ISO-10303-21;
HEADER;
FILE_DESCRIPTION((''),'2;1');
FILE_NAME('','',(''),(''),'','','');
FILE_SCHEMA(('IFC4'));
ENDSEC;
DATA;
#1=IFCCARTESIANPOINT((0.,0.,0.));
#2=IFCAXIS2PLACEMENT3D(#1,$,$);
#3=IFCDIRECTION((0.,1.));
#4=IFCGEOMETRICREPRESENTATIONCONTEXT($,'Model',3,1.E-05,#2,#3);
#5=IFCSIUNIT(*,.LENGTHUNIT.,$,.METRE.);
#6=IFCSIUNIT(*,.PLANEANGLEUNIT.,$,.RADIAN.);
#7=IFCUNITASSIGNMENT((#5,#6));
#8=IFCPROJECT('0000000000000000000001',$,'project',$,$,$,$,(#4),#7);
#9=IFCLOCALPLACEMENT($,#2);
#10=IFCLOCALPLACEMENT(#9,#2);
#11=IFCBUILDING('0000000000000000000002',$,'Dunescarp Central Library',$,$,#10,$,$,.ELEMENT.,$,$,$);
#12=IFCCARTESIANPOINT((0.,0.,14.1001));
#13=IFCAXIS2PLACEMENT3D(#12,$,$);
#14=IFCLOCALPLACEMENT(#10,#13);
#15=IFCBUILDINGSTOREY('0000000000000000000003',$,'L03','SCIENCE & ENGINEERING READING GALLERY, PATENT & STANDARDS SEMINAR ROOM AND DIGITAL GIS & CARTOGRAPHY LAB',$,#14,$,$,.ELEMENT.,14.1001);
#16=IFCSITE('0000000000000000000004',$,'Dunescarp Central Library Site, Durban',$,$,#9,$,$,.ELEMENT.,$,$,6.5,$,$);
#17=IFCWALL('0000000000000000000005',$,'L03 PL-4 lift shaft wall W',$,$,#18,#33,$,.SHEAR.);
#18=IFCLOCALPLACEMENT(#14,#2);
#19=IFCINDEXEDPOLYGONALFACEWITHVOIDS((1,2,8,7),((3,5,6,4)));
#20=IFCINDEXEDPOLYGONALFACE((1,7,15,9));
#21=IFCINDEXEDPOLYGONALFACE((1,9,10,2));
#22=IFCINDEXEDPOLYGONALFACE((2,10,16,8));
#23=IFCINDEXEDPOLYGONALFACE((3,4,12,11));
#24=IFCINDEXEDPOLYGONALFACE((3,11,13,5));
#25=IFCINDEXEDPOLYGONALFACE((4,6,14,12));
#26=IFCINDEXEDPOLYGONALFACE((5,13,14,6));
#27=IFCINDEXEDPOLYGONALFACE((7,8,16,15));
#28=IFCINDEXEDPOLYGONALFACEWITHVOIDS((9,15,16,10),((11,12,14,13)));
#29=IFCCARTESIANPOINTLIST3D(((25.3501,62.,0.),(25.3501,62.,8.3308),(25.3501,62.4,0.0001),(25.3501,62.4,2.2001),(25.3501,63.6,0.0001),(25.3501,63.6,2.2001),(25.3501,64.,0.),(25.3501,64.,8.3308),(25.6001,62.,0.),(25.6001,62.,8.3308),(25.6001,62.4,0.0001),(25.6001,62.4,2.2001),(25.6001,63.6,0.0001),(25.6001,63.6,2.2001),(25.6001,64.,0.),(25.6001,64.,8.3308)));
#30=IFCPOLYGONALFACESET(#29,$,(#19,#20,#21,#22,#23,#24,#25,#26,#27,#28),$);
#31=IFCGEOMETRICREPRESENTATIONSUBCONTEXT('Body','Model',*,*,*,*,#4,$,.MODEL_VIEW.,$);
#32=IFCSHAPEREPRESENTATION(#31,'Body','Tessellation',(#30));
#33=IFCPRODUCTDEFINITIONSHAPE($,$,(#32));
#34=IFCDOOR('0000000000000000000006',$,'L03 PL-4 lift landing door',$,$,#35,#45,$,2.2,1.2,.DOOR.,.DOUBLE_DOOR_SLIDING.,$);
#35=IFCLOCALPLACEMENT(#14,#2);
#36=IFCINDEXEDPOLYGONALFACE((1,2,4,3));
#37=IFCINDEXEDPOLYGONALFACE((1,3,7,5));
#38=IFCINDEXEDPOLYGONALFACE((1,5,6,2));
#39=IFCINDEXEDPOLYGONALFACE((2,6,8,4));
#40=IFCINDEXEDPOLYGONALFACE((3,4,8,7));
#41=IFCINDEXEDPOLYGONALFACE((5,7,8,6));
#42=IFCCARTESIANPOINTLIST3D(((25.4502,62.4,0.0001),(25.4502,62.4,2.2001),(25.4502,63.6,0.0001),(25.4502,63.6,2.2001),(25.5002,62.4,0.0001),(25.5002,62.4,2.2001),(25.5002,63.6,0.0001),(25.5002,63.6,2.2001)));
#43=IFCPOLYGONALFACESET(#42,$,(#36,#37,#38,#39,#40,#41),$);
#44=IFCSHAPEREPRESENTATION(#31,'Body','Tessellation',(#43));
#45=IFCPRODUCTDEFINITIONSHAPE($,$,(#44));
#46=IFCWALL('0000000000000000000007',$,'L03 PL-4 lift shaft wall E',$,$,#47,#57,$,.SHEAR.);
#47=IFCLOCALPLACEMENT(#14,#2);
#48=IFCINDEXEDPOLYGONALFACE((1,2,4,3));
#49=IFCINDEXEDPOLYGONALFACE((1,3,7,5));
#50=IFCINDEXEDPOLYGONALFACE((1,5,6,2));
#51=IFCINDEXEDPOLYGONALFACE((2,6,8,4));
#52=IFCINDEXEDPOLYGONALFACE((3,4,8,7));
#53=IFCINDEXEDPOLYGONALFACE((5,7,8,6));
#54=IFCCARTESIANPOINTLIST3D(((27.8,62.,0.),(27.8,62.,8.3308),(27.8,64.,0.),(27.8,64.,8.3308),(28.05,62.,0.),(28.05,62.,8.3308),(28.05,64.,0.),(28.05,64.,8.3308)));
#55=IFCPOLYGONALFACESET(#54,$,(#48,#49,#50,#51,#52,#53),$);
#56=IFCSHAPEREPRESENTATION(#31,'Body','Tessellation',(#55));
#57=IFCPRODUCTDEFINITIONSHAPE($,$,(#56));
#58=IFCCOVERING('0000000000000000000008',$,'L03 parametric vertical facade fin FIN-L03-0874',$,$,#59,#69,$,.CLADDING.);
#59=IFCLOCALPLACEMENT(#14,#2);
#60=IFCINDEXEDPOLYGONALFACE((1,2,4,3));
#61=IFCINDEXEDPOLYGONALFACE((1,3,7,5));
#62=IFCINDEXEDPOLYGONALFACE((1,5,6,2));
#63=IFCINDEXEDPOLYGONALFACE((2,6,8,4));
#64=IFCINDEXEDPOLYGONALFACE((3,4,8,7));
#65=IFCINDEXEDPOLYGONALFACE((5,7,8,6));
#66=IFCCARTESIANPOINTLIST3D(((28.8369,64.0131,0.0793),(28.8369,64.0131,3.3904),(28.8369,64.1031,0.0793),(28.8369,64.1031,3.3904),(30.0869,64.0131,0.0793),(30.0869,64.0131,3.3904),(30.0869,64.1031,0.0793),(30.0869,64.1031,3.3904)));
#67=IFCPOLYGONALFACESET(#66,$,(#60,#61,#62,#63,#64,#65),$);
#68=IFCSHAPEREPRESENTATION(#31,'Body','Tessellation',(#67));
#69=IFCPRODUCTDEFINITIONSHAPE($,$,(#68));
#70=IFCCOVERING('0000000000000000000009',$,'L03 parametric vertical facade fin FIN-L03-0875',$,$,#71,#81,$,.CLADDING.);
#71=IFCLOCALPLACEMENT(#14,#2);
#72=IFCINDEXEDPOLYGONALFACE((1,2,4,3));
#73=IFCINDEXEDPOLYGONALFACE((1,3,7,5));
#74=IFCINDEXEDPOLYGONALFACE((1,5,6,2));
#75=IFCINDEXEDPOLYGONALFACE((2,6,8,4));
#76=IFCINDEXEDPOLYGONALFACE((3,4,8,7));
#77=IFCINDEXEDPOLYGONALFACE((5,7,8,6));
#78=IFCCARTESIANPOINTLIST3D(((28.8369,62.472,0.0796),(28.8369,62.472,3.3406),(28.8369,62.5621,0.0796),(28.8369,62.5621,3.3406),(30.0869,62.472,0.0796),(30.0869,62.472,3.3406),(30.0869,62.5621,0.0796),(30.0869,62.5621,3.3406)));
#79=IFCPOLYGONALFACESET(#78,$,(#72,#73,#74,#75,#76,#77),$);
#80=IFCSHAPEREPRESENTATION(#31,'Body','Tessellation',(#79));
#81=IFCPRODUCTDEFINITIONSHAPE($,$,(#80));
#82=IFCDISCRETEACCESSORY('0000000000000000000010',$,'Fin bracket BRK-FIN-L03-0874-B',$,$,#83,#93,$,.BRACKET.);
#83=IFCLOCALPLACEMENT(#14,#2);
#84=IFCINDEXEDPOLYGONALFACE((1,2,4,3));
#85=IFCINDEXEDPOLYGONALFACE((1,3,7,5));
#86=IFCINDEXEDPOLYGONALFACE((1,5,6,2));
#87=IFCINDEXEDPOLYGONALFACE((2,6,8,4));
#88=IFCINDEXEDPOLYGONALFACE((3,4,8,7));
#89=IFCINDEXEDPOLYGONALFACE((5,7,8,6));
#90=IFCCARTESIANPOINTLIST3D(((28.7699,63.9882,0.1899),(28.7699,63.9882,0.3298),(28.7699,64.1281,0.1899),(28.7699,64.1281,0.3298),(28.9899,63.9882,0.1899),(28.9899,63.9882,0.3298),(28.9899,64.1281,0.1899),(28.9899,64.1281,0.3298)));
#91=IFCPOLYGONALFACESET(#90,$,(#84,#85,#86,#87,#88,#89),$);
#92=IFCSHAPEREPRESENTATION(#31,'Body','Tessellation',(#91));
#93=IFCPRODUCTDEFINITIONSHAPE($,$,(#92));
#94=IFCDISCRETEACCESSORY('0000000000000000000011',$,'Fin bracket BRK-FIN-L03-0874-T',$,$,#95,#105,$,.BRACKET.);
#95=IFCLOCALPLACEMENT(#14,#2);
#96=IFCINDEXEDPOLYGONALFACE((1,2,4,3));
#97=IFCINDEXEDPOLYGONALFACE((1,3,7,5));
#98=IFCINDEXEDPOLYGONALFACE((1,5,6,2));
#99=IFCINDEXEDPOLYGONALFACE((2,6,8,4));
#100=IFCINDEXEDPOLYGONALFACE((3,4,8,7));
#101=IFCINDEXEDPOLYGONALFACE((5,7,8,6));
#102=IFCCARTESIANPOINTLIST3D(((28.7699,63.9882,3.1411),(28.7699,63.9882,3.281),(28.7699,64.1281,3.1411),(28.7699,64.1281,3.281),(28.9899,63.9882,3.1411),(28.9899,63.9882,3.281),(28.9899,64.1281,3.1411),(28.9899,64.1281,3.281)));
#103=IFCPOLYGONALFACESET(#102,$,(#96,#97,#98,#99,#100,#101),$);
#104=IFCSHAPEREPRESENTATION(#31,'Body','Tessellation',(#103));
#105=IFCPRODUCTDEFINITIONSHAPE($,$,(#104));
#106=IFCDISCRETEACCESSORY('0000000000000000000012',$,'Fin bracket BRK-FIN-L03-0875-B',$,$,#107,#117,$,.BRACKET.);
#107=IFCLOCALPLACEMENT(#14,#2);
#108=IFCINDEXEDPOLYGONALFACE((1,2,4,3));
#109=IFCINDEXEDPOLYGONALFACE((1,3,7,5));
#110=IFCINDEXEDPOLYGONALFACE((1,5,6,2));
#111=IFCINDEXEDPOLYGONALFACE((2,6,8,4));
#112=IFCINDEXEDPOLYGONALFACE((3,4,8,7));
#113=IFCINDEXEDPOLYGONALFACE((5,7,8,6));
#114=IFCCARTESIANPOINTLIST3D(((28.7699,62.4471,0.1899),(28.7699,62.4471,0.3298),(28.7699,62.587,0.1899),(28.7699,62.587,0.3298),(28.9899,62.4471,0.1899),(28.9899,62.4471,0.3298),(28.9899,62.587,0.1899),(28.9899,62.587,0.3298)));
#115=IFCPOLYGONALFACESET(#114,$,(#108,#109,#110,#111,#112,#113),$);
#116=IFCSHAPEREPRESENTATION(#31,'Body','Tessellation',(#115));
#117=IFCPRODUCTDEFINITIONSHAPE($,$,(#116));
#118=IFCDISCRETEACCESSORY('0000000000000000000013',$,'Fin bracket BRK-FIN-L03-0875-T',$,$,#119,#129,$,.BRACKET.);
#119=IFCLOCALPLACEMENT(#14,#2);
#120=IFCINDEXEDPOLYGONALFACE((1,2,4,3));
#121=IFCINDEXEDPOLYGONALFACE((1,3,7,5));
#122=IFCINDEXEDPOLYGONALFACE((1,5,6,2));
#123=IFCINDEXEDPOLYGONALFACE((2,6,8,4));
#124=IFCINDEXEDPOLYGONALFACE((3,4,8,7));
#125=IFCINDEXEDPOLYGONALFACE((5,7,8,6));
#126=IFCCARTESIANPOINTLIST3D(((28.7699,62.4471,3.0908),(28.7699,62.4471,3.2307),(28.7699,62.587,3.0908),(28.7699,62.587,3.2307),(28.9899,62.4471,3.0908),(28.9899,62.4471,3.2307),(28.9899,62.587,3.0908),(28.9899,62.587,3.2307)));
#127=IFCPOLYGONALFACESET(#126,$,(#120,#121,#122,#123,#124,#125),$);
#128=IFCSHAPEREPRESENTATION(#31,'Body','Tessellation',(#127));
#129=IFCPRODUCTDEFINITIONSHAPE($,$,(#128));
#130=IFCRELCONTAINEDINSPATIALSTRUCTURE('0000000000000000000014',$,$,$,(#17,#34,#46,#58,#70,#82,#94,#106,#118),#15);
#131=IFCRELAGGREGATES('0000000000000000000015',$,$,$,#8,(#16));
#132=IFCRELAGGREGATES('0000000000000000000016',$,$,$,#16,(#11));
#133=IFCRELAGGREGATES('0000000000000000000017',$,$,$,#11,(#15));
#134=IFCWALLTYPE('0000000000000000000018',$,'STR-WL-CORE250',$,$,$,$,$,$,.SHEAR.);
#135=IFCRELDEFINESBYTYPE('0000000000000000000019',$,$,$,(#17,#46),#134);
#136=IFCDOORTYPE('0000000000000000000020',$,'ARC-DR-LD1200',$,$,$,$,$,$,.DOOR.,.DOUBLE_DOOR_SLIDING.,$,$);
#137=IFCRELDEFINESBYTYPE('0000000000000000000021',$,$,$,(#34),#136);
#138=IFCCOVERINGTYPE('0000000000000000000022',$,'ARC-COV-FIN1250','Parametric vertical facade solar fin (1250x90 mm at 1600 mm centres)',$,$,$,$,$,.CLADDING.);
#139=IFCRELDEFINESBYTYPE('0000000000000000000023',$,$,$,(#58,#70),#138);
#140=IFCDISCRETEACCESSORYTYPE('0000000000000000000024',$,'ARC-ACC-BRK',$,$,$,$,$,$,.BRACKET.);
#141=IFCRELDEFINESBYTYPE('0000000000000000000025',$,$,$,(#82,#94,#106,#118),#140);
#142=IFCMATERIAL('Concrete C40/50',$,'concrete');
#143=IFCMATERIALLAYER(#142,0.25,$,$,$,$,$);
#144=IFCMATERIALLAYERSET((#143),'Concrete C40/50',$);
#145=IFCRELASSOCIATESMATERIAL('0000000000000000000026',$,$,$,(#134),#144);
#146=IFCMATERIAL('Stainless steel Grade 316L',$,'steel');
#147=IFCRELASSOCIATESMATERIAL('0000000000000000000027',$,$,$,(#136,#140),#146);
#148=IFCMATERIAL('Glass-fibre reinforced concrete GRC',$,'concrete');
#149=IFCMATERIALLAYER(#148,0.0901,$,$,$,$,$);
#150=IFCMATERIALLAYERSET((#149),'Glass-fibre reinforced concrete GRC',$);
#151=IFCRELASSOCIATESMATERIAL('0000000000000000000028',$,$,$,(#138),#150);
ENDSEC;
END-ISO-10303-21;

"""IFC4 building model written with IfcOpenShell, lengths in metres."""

from ifc_helpers import new_model, si_unit, direction, frame, frame_2d, origin, origin_2d, place, context, subcontext, project, spatial, rectangle, extrude, material, layer, layer_set, type_object, element, fill, save


model = new_model("IFC4")

# Units and contexts
model_context = context("Model", 3, precision=1e-05, world=origin(), true_north=direction((0.0, 1.0)))
body_context = subcontext(model_context, "Body", "Model", "MODEL_VIEW")
ifc_project = project(units=[si_unit("LENGTHUNIT", "METRE"), si_unit("PLANEANGLEUNIT", "RADIAN")], contexts=[model_context])

# Site, building, storey
site_placement = place(None, origin())
site = spatial("IfcSite", under=ifc_project, at=site_placement, Name="Dunescarp Central Library Site, Durban", CompositionType="ELEMENT", RefElevation=6.5)
building_placement = place(site_placement, origin())
building = spatial("IfcBuilding", under=site, at=building_placement, Name="Dunescarp Central Library", CompositionType="ELEMENT")
storey_placement = place(building_placement, frame((0.0, 0.0, 14.1001)))
storey = spatial("IfcBuildingStorey", under=building, at=storey_placement, Name="L03", Description="SCIENCE & ENGINEERING READING GALLERY, PATENT & STANDARDS SEMINAR ROOM AND DIGITAL GIS & CARTOGRAPHY LAB", CompositionType="ELEMENT", Elevation=14.1001)

# Shared definitions
ifc_material_1 = material(Name="Concrete C40/50", Category="concrete")
ifc_layer_1 = layer(ifc_material_1, 0.25)
ifc_layer_set_1 = layer_set([ifc_layer_1], Name="Concrete C40/50")
wall_type = type_object("IfcWallType", Name="STR-WL-CORE250", PredefinedType="SHEAR", material=ifc_layer_set_1)

# Wall, opening, door
wall_1_placement = place(storey_placement, frame((25.4751, 62.0, 0.0), z_axis=(0.0, 0.0, 1.0), x_axis=(0.0, 1.0, 0.0)))
wall_1 = element("IfcWall", 1, at=wall_1_placement, inside=storey, type_object=wall_type, Name="L03 PL-4 lift shaft wall W", PredefinedType="SHEAR", context=body_context, shape_type="SweptSolid", body=[
    extrude(rectangle(XDim=2.0, YDim=0.25, at=frame_2d((1.0, 0.0))), origin(), (0.0, 0.0, 1.0), 8.3308),
])
opening_placement = place(wall_1_placement, frame((0.3999, 0.0, 0.0)))
opening = element("IfcOpeningElement", 2, at=opening_placement, cuts=wall_1, PredefinedType="OPENING", context=body_context, shape_type="SweptSolid", body=[
    extrude(rectangle(XDim=1.2, YDim=2.2, at=frame_2d((0.6001, 1.1001))), frame((0.0, 0.135, 0.0), z_axis=(0.0, -1.0, 0.0), x_axis=(1.0, 0.0, 0.0)), (0.0, 0.0, 1.0), 0.27),
])
ifc_material_2 = material(Name="Stainless steel Grade 316L", Category="steel")
door_type = type_object("IfcDoorType", Name="ARC-DR-LD1200", OperationType="DOUBLE_DOOR_SLIDING", PredefinedType="DOOR", material=ifc_material_2)
door_placement = place(opening_placement, origin())
door = element("IfcDoor", 3, at=door_placement, inside=storey, type_object=door_type, Name="L03 PL-4 lift landing door", OperationType="DOUBLE_DOOR_SLIDING", OverallHeight=2.2, OverallWidth=1.2, PredefinedType="DOOR", context=body_context, shape_type="SweptSolid", body=[
    extrude(rectangle(XDim=1.2, YDim=2.2, at=frame_2d((0.6001, 1.1001))), frame((0.0, 0.0249, 0.0), z_axis=(0.0, -1.0, 0.0), x_axis=(1.0, 0.0, 0.0)), (0.0, 0.0, 1.0), 0.05),
])
fill(opening, door)

# Wall
wall_2_placement = place(storey_placement, frame((27.925, 64.0, 0.0), z_axis=(0.0, 0.0, 1.0), x_axis=(0.0, -1.0, 0.0)))
element("IfcWall", 4, at=wall_2_placement, inside=storey, type_object=wall_type, Name="L03 PL-4 lift shaft wall E", PredefinedType="SHEAR", context=body_context, shape_type="SweptSolid", body=[
    extrude(rectangle(XDim=2.0, YDim=0.25, at=frame_2d((1.0, 0.0))), origin(), (0.0, 0.0, 1.0), 8.3308),
])

# Coverings
ifc_material_3 = material(Name="Glass-fibre reinforced concrete GRC", Category="concrete")
ifc_layer_2 = layer(ifc_material_3, 0.0901)
ifc_layer_set_2 = layer_set([ifc_layer_2], Name="Glass-fibre reinforced concrete GRC")
covering_type = type_object("IfcCoveringType", Name="ARC-COV-FIN1250", Description="Parametric vertical facade solar fin (1250x90 mm at 1600 mm centres)", PredefinedType="CLADDING", material=ifc_layer_set_2)
covering_1_placement = place(storey_placement, frame((29.4619, 64.0581, 0.0793), z_axis=(0.0, 0.0, 1.0), x_axis=(1.0, 0.0, 0.0)))
element("IfcCovering", 5, at=covering_1_placement, inside=storey, type_object=covering_type, Name="L03 parametric vertical facade fin FIN-L03-0874", PredefinedType="CLADDING", context=body_context, shape_type="SweptSolid", body=[
    extrude(rectangle(XDim=1.25, YDim=0.0901, at=origin_2d()), origin(), (0.0, 0.0, 1.0), 3.311),
])
covering_2_placement = place(storey_placement, frame((29.4619, 62.5171, 0.0796), z_axis=(0.0, 0.0, 1.0), x_axis=(1.0, 0.0, 0.0)))
element("IfcCovering", 6, at=covering_2_placement, inside=storey, type_object=covering_type, Name="L03 parametric vertical facade fin FIN-L03-0875", PredefinedType="CLADDING", context=body_context, shape_type="SweptSolid", body=[
    extrude(rectangle(XDim=1.25, YDim=0.0901, at=origin_2d()), origin(), (0.0, 0.0, 1.0), 3.261),
])

# Discrete accessories
discrete_accessory_type = type_object("IfcDiscreteAccessoryType", Name="ARC-ACC-BRK", PredefinedType="BRACKET", material=ifc_material_2)
for number, where, z_axis, x_axis, name in (
    (7, (28.8799, 64.0581, 0.1899), (0.0, 0.0, 1.0), (1.0, 0.0, 0.0), "Fin bracket BRK-FIN-L03-0874-B"),
    (8, (28.8799, 64.0581, 3.1411), (0.0, 0.0, 1.0), (1.0, 0.0, 0.0), "Fin bracket BRK-FIN-L03-0874-T"),
    (9, (28.8799, 62.5171, 0.1899), (0.0, 0.0, 1.0), (1.0, 0.0, 0.0), "Fin bracket BRK-FIN-L03-0875-B"),
    (10, (28.8799, 62.5171, 3.0908), (0.0, 0.0, 1.0), (1.0, 0.0, 0.0), "Fin bracket BRK-FIN-L03-0875-T"),
):
    element("IfcDiscreteAccessory", number, at=place(storey_placement, frame(where, z_axis=z_axis, x_axis=x_axis)), inside=storey, type_object=discrete_accessory_type, Name=name, PredefinedType="BRACKET", context=body_context, shape_type="SweptSolid", body=[
        extrude(rectangle(XDim=0.22, YDim=0.1399, at=origin_2d()), origin(), (0.0, 0.0, 1.0), 0.1399),
    ])

save(model, "model.ifc")
